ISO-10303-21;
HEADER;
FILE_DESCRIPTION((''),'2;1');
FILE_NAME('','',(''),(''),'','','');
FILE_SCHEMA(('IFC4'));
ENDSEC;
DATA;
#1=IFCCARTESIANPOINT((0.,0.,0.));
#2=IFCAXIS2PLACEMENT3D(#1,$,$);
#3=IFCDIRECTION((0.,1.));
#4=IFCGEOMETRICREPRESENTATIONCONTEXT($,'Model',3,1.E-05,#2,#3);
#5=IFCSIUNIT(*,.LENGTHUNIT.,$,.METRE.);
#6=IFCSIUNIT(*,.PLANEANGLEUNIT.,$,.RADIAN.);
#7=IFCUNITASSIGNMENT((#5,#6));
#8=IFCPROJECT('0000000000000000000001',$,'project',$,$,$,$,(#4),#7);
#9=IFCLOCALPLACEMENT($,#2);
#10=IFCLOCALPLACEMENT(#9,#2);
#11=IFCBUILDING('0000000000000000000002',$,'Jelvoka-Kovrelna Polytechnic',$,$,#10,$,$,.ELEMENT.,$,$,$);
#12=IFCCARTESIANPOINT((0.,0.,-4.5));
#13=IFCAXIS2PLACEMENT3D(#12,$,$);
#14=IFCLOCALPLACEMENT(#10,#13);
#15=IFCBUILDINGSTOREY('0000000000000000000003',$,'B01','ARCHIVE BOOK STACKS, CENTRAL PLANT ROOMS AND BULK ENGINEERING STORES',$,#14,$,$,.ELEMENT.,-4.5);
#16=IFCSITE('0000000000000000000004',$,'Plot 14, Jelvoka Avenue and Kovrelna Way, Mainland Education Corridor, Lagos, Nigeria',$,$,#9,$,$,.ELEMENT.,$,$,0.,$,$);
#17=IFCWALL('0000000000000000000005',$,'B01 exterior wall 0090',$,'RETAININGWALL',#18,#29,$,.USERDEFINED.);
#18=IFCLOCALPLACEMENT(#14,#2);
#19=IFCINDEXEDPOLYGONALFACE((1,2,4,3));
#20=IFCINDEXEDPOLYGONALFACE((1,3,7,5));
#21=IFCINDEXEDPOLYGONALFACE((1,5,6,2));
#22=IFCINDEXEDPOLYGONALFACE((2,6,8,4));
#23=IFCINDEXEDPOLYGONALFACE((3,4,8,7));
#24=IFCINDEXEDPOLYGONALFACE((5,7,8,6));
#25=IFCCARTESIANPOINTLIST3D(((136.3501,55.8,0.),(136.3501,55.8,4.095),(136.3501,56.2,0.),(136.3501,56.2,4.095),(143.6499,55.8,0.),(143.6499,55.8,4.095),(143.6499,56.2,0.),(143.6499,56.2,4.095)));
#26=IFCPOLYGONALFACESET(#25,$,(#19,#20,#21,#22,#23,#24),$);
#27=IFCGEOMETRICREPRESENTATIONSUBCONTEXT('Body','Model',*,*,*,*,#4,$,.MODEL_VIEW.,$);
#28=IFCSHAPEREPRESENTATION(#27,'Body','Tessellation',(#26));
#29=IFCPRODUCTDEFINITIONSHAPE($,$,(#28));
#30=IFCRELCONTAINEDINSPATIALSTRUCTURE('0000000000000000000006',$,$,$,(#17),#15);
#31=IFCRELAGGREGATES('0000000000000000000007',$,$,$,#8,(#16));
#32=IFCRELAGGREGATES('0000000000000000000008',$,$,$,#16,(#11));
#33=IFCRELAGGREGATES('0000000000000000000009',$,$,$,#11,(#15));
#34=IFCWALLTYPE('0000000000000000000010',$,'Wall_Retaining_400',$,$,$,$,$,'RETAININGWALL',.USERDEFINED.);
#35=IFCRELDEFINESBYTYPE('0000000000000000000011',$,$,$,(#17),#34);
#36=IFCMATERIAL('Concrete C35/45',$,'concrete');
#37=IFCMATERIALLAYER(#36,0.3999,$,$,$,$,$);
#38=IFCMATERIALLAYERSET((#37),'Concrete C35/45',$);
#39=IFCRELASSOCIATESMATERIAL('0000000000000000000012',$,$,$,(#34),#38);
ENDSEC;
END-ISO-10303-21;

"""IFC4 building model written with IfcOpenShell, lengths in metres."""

from ifc_helpers import new_model, si_unit, direction, frame, frame_2d, origin, place, context, subcontext, project, spatial, rectangle, extrude, material, layer, layer_set, type_object, element, save


model = new_model("IFC4")

# Units and contexts
model_context = context("Model", 3, precision=1e-05, world=origin(), true_north=direction((0.0, 1.0)))
body_context = subcontext(model_context, "Body", "Model", "MODEL_VIEW")
ifc_project = project(units=[si_unit("LENGTHUNIT", "METRE"), si_unit("PLANEANGLEUNIT", "RADIAN")], contexts=[model_context])

# Site, building, storey
site_placement = place(None, origin())
site = spatial("IfcSite", under=ifc_project, at=site_placement, Name="Plot 14, Jelvoka Avenue and Kovrelna Way, Mainland Education Corridor, Lagos, Nigeria", CompositionType="ELEMENT", RefElevation=0.0)
building_placement = place(site_placement, origin())
building = spatial("IfcBuilding", under=site, at=building_placement, Name="Jelvoka-Kovrelna Polytechnic", CompositionType="ELEMENT")
storey_placement = place(building_placement, frame((0.0, 0.0, -4.5)))
storey = spatial("IfcBuildingStorey", under=building, at=storey_placement, Name="B01", Description="ARCHIVE BOOK STACKS, CENTRAL PLANT ROOMS AND BULK ENGINEERING STORES", CompositionType="ELEMENT", Elevation=-4.5)

# Wall
ifc_material_1 = material(Name="Concrete C35/45", Category="concrete")
ifc_layer = layer(ifc_material_1, 0.3999)
ifc_layer_set = layer_set([ifc_layer], Name="Concrete C35/45")
wall_type = type_object("IfcWallType", Name="Wall_Retaining_400", ElementType="RETAININGWALL", PredefinedType="USERDEFINED", material=ifc_layer_set)
wall_placement = place(storey_placement, frame((143.6499, 56.0, 0.0), z_axis=(0.0, 0.0, 1.0), x_axis=(-1.0, 0.0, 0.0)))
element("IfcWall", 1, at=wall_placement, inside=storey, type_object=wall_type, Name="B01 exterior wall 0090", ObjectType="RETAININGWALL", PredefinedType="USERDEFINED", context=body_context, shape_type="SweptSolid", body=[
    extrude(rectangle(XDim=7.2998, YDim=0.3999, at=frame_2d((3.6499, 0.0))), origin(), (0.0, 0.0, 1.0), 4.095),
])

save(model, "model.ifc")
